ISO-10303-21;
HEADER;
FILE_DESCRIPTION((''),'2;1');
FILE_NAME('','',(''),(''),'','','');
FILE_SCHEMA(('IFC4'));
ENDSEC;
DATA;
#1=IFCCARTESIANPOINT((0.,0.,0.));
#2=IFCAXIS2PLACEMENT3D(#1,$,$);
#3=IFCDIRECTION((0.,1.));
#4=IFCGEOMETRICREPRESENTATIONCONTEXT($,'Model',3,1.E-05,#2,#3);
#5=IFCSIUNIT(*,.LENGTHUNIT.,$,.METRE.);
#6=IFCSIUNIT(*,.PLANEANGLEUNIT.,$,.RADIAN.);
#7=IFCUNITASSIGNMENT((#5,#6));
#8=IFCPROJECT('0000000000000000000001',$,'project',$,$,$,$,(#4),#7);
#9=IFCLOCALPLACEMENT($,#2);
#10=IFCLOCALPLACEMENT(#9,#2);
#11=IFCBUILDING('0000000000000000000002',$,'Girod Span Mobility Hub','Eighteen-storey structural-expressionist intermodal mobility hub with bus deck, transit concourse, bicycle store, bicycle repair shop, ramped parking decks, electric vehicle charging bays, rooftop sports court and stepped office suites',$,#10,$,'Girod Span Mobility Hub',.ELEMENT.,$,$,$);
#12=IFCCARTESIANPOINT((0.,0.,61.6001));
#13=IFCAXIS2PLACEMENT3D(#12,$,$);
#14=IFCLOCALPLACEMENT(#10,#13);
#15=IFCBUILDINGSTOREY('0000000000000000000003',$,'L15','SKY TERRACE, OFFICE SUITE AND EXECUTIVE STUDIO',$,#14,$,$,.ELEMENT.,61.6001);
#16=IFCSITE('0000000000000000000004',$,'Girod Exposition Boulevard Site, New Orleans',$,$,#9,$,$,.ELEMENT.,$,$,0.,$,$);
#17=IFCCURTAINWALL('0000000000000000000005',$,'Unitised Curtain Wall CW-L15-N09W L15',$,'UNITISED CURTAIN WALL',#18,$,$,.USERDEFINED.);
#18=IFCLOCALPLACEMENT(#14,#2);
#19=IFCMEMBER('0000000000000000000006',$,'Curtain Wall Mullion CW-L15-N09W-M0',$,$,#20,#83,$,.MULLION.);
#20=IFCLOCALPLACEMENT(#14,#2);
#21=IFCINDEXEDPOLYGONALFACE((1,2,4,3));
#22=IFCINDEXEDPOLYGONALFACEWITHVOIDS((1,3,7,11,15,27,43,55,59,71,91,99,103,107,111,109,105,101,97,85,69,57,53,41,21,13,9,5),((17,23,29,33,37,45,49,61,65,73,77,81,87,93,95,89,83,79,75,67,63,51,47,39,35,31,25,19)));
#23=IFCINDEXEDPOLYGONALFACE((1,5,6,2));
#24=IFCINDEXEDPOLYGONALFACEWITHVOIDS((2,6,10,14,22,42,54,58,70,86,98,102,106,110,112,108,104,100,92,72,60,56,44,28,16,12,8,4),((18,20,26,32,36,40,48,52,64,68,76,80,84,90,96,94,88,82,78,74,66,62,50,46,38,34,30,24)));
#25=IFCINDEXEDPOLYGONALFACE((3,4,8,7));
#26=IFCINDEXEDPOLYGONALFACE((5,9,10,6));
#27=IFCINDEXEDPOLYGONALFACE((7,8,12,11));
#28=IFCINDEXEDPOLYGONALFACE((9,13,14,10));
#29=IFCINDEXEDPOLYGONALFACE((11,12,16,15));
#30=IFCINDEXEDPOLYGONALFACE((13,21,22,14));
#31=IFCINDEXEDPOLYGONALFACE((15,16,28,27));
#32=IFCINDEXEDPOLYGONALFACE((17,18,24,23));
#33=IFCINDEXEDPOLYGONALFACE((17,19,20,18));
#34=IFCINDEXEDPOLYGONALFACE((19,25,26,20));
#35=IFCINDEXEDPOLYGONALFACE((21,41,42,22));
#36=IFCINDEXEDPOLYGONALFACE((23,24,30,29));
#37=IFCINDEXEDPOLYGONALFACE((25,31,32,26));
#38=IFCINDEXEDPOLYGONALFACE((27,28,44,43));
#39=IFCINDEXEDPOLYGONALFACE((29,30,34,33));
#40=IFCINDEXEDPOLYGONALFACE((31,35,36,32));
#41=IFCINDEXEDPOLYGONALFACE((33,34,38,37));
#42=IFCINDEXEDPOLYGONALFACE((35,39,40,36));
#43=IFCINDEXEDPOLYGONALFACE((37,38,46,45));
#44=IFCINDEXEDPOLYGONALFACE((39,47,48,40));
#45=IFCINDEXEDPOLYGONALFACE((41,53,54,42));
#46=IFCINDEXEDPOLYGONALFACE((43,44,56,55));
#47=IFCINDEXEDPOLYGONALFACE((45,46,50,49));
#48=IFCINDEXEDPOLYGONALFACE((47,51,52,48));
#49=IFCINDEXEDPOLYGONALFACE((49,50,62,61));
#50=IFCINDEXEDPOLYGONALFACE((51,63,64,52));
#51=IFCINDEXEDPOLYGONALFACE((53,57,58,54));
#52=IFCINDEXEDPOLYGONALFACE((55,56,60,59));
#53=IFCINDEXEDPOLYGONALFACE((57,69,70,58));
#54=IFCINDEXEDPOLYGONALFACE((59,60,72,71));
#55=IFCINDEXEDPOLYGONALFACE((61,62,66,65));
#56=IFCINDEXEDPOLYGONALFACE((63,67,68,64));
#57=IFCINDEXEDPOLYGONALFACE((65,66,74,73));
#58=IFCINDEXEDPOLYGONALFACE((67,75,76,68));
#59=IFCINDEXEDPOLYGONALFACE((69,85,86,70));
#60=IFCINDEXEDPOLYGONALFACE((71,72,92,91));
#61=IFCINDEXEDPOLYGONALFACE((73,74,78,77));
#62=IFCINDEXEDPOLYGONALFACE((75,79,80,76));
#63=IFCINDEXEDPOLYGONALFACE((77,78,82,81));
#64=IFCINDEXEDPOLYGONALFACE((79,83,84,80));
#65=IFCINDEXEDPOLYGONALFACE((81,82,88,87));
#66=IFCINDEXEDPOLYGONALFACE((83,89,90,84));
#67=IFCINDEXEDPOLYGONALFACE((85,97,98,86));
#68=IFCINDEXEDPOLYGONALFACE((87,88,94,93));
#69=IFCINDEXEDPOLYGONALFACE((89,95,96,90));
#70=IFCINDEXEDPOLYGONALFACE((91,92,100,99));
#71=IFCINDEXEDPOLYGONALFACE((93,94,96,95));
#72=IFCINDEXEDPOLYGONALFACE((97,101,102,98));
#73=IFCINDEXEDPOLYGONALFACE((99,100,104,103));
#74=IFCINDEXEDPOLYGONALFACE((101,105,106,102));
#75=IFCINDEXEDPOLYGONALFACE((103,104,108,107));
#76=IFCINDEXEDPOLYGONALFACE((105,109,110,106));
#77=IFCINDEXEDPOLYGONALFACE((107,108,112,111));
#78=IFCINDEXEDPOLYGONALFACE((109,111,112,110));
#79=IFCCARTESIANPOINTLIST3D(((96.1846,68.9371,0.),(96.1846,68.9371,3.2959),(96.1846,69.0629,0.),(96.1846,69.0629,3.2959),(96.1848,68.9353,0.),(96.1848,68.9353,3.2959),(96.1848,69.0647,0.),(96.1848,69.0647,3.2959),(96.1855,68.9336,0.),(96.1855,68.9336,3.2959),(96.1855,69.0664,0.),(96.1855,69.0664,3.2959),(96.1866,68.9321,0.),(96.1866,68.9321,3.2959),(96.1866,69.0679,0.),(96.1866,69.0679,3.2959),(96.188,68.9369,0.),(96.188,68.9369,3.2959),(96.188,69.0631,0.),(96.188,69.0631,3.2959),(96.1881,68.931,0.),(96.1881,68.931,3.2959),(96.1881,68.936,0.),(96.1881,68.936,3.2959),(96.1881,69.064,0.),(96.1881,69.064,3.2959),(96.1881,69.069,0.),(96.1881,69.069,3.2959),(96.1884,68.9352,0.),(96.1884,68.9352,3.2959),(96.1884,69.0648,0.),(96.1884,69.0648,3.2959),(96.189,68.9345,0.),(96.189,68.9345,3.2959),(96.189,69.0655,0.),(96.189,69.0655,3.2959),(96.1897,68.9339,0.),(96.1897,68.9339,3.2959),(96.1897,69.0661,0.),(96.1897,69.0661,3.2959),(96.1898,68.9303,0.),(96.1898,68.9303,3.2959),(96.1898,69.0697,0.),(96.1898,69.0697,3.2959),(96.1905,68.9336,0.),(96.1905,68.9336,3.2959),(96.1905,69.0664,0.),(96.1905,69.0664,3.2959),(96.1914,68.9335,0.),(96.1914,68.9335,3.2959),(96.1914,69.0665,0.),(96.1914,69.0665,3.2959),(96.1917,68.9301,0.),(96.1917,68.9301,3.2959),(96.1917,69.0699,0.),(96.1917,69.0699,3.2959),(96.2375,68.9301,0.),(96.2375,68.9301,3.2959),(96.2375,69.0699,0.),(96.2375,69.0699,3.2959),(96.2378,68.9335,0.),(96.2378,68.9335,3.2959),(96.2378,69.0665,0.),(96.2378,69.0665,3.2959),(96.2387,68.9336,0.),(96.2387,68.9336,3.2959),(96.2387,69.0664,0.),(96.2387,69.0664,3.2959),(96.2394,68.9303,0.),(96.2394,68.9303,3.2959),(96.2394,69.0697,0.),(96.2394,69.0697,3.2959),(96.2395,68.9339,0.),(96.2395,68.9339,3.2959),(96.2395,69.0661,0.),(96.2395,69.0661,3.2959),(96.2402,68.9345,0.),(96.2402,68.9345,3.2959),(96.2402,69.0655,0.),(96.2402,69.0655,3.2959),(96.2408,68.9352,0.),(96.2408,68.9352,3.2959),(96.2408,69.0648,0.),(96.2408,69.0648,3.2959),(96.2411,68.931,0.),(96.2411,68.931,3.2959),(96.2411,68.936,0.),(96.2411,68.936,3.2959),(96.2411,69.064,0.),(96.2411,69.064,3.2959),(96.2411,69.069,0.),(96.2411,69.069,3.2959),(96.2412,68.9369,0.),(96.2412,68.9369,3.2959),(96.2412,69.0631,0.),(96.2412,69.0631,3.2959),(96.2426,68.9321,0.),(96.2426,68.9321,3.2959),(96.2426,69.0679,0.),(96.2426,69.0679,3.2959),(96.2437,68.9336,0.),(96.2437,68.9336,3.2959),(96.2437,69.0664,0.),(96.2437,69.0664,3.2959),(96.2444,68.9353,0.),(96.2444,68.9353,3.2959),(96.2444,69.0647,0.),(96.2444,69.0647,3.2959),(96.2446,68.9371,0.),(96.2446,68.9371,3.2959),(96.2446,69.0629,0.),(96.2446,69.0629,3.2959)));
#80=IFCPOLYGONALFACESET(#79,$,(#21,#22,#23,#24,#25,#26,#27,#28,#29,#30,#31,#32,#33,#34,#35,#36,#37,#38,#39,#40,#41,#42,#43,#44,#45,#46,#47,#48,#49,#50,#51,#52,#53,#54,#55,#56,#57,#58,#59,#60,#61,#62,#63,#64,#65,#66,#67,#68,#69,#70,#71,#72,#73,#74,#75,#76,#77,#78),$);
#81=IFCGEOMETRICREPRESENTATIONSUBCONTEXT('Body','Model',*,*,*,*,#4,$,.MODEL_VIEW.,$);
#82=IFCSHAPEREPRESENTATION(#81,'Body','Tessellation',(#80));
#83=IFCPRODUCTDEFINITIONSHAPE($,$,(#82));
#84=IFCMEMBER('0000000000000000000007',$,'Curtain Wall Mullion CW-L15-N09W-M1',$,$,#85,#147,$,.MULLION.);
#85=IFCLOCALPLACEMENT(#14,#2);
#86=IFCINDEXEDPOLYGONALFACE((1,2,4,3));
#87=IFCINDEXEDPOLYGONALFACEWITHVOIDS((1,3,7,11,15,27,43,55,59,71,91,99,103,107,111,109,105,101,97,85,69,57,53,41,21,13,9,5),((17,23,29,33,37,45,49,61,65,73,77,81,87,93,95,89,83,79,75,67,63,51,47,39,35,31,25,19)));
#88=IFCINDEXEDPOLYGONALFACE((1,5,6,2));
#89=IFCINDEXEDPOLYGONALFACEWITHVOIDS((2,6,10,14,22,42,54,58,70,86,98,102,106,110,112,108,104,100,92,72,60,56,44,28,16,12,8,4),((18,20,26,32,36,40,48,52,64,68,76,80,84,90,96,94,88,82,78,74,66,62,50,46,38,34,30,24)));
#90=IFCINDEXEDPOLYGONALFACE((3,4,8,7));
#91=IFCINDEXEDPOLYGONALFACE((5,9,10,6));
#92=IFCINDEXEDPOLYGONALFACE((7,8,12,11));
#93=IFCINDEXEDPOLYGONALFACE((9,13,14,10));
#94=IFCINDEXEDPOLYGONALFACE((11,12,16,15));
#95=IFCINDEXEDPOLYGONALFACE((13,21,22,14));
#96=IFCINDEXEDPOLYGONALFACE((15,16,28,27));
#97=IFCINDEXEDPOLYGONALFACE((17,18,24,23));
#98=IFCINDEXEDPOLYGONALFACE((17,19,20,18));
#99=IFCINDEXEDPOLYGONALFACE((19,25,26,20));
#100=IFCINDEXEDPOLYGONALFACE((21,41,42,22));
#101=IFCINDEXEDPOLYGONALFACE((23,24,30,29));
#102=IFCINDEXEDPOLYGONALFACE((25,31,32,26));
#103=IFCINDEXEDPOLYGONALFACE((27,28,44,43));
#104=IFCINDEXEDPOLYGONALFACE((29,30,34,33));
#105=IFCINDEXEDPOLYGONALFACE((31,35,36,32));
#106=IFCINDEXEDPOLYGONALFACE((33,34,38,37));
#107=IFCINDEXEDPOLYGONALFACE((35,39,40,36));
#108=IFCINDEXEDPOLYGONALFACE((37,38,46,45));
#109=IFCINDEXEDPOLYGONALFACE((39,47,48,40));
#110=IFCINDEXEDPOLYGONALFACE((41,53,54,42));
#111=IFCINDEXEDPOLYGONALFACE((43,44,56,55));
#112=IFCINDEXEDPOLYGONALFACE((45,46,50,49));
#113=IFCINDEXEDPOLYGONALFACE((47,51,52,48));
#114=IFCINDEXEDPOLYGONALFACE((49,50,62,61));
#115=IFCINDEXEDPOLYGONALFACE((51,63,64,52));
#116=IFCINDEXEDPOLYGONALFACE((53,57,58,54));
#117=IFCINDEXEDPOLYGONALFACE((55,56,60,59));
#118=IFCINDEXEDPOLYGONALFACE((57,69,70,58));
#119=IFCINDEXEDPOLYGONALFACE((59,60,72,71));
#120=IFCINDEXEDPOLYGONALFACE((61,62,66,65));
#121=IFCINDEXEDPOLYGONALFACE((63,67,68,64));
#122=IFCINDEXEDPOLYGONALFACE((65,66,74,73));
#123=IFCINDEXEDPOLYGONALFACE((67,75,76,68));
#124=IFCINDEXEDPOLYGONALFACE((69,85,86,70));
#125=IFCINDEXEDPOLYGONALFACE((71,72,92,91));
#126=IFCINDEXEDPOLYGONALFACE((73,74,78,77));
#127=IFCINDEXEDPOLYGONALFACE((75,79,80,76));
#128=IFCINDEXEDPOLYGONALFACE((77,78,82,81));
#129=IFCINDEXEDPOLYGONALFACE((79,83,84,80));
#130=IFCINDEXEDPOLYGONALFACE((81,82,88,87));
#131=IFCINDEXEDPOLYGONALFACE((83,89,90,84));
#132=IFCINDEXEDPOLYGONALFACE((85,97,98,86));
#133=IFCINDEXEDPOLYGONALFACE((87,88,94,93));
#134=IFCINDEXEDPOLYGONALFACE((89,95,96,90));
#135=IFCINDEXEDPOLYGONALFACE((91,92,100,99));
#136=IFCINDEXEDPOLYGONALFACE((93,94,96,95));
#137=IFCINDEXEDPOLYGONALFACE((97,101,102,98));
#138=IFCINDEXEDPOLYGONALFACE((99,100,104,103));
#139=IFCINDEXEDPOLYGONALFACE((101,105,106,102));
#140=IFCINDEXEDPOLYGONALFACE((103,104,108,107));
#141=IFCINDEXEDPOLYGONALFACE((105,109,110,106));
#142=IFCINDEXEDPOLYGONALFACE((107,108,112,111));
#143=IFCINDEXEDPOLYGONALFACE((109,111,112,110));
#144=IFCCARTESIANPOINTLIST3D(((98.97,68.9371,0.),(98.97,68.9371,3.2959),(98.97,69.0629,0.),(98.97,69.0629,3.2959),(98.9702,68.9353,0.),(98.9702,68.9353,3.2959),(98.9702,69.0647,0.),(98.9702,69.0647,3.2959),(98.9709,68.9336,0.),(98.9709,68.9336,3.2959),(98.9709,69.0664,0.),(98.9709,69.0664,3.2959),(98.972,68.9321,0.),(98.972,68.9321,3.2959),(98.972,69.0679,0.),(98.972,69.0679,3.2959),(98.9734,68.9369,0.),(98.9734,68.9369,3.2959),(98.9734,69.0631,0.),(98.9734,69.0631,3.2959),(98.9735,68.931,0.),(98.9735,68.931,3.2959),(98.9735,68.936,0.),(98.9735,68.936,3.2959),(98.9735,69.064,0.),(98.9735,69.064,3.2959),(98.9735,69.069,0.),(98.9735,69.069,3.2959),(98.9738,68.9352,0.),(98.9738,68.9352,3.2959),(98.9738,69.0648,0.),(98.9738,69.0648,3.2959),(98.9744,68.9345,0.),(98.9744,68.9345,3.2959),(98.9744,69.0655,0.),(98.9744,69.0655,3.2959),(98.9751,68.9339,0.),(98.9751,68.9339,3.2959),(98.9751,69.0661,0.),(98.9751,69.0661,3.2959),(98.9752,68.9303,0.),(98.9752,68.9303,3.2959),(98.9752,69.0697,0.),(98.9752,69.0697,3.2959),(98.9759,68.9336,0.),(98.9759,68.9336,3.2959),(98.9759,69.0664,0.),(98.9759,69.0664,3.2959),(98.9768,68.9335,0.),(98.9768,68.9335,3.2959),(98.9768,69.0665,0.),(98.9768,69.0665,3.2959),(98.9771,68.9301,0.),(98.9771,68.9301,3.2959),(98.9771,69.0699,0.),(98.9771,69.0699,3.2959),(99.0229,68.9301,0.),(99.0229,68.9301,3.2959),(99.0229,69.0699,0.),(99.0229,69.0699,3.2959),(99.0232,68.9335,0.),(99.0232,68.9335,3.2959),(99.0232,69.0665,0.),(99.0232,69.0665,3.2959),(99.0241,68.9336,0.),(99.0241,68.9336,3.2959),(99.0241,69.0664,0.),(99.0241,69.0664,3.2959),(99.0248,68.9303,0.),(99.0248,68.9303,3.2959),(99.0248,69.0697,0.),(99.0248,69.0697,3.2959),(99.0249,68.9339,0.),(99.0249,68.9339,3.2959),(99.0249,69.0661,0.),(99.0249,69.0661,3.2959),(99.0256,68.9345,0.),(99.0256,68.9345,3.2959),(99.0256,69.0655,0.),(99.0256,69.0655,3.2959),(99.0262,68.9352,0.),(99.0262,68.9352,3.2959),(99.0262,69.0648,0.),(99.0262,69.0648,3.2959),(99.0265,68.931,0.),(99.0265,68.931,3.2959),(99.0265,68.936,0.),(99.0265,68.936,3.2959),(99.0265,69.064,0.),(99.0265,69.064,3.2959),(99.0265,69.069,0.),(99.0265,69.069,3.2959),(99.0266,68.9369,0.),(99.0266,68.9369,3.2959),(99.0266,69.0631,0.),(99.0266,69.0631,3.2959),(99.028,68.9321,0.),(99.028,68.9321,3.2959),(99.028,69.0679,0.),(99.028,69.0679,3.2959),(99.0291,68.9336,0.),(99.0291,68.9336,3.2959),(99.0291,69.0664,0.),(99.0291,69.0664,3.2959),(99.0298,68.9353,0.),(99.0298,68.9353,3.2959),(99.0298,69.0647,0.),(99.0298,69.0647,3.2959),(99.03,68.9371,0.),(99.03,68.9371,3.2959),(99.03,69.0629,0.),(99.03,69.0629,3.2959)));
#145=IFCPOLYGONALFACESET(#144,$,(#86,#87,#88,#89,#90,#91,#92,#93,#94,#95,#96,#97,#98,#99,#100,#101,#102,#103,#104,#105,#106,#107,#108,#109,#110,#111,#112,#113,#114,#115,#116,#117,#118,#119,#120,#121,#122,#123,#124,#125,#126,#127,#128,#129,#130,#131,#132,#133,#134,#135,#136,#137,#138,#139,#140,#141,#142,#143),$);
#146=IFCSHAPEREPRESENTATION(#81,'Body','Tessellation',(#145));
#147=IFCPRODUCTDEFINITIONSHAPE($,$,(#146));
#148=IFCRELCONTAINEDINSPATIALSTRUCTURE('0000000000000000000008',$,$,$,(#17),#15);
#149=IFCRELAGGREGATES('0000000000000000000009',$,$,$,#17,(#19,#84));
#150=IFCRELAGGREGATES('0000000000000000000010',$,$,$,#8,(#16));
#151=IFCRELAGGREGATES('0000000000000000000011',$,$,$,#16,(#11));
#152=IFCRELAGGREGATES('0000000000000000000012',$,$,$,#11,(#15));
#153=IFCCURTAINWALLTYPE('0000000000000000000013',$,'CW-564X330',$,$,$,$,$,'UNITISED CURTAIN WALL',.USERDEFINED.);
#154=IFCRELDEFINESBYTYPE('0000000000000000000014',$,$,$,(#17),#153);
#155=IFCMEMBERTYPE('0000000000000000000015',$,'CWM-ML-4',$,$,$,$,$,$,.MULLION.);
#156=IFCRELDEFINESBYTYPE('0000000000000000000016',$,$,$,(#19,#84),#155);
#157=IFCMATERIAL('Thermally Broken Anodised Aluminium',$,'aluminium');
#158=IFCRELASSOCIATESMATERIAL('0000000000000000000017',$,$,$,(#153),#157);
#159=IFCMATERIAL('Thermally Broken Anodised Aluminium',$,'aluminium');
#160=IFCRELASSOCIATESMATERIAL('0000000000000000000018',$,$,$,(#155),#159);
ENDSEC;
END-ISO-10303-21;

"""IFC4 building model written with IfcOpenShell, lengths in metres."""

from ifc_helpers import new_model, si_unit, direction, frame, origin, origin_2d, place, context, subcontext, project, spatial, hollow_rectangle, extrude, material, material_profile, profile_set, type_object, element, aggregate, save


model = new_model("IFC4")

# Units and contexts
model_context = context("Model", 3, precision=1e-05, world=origin(), true_north=direction((0.0, 1.0)))
body_context = subcontext(model_context, "Body", "Model", "MODEL_VIEW")
ifc_project = project(units=[si_unit("LENGTHUNIT", "METRE"), si_unit("PLANEANGLEUNIT", "RADIAN")], contexts=[model_context])

# Site, building, storey
site_placement = place(None, origin())
site = spatial("IfcSite", under=ifc_project, at=site_placement, Name="Girod Exposition Boulevard Site, New Orleans", CompositionType="ELEMENT", RefElevation=0.0)
building_placement = place(site_placement, origin())
building = spatial("IfcBuilding", under=site, at=building_placement, Name="Girod Span Mobility Hub", Description="Eighteen-storey structural-expressionist intermodal mobility hub with bus deck, transit concourse, bicycle store, bicycle repair shop, ramped parking decks, electric vehicle charging bays, rooftop sports court and stepped office suites", LongName="Girod Span Mobility Hub", CompositionType="ELEMENT")
storey_placement = place(building_placement, frame((0.0, 0.0, 61.6001)))
storey = spatial("IfcBuildingStorey", under=building, at=storey_placement, Name="L15", Description="SKY TERRACE, OFFICE SUITE AND EXECUTIVE STUDIO", CompositionType="ELEMENT", Elevation=61.6001)

# Curtain wall, members
ifc_material_1 = material(Name="Thermally Broken Anodised Aluminium", Category="aluminium")
curtain_wall_type = type_object("IfcCurtainWallType", Name="CW-564X330", ElementType="UNITISED CURTAIN WALL", PredefinedType="USERDEFINED", material=ifc_material_1)
curtain_wall_1_placement = place(storey_placement, origin())
curtain_wall_1 = element("IfcCurtainWall", 1, at=curtain_wall_1_placement, inside=storey, type_object=curtain_wall_type, Name="Unitised Curtain Wall CW-L15-N09W L15", ObjectType="UNITISED CURTAIN WALL", PredefinedType="USERDEFINED")
ifc_material_2 = material(Name="Thermally Broken Anodised Aluminium", Category="aluminium")
ifc_material_profile_1 = material_profile(ifc_material_2, hollow_rectangle(XDim=0.1399, YDim=0.0601, WallThickness=0.0034, InnerFilletRadius=0.0034, OuterFilletRadius=0.0071, at=origin_2d()), Name="CW-ML-60X140")
ifc_profile_set_1 = profile_set([ifc_material_profile_1], Name="Thermally Broken Anodised Aluminium")
member_type_1 = type_object("IfcMemberType", Name="CWM-ML-4", PredefinedType="MULLION", material=ifc_profile_set_1)
member_1_placement = place(storey_placement, frame((96.2146, 69.0, 0.0), z_axis=(0.0, 0.0, 1.0), x_axis=(0.0, 1.0, 0.0)))
member_1 = element("IfcMember", 2, at=member_1_placement, type_object=member_type_1, Name="Curtain Wall Mullion CW-L15-N09W-M0", PredefinedType="MULLION", context=body_context, shape_type="SweptSolid", body=[
    extrude(hollow_rectangle(XDim=0.1399, YDim=0.0601, WallThickness=0.0034, InnerFilletRadius=0.0034, OuterFilletRadius=0.0071, at=origin_2d()), origin(), (0.0, 0.0, 1.0), 3.2959),
])
member_2_placement = place(storey_placement, frame((99.0, 69.0, 0.0), z_axis=(0.0, 0.0, 1.0), x_axis=(0.0, 1.0, 0.0)))
member_2 = element("IfcMember", 3, at=member_2_placement, type_object=member_type_1, Name="Curtain Wall Mullion CW-L15-N09W-M1", PredefinedType="MULLION", context=body_context, shape_type="SweptSolid", body=[
    extrude(hollow_rectangle(XDim=0.1399, YDim=0.0601, WallThickness=0.0034, InnerFilletRadius=0.0034, OuterFilletRadius=0.0071, at=origin_2d()), origin(), (0.0, 0.0, 1.0), 3.2959),
])

aggregate(curtain_wall_1, [member_1, member_2])

save(model, "model.ifc")
